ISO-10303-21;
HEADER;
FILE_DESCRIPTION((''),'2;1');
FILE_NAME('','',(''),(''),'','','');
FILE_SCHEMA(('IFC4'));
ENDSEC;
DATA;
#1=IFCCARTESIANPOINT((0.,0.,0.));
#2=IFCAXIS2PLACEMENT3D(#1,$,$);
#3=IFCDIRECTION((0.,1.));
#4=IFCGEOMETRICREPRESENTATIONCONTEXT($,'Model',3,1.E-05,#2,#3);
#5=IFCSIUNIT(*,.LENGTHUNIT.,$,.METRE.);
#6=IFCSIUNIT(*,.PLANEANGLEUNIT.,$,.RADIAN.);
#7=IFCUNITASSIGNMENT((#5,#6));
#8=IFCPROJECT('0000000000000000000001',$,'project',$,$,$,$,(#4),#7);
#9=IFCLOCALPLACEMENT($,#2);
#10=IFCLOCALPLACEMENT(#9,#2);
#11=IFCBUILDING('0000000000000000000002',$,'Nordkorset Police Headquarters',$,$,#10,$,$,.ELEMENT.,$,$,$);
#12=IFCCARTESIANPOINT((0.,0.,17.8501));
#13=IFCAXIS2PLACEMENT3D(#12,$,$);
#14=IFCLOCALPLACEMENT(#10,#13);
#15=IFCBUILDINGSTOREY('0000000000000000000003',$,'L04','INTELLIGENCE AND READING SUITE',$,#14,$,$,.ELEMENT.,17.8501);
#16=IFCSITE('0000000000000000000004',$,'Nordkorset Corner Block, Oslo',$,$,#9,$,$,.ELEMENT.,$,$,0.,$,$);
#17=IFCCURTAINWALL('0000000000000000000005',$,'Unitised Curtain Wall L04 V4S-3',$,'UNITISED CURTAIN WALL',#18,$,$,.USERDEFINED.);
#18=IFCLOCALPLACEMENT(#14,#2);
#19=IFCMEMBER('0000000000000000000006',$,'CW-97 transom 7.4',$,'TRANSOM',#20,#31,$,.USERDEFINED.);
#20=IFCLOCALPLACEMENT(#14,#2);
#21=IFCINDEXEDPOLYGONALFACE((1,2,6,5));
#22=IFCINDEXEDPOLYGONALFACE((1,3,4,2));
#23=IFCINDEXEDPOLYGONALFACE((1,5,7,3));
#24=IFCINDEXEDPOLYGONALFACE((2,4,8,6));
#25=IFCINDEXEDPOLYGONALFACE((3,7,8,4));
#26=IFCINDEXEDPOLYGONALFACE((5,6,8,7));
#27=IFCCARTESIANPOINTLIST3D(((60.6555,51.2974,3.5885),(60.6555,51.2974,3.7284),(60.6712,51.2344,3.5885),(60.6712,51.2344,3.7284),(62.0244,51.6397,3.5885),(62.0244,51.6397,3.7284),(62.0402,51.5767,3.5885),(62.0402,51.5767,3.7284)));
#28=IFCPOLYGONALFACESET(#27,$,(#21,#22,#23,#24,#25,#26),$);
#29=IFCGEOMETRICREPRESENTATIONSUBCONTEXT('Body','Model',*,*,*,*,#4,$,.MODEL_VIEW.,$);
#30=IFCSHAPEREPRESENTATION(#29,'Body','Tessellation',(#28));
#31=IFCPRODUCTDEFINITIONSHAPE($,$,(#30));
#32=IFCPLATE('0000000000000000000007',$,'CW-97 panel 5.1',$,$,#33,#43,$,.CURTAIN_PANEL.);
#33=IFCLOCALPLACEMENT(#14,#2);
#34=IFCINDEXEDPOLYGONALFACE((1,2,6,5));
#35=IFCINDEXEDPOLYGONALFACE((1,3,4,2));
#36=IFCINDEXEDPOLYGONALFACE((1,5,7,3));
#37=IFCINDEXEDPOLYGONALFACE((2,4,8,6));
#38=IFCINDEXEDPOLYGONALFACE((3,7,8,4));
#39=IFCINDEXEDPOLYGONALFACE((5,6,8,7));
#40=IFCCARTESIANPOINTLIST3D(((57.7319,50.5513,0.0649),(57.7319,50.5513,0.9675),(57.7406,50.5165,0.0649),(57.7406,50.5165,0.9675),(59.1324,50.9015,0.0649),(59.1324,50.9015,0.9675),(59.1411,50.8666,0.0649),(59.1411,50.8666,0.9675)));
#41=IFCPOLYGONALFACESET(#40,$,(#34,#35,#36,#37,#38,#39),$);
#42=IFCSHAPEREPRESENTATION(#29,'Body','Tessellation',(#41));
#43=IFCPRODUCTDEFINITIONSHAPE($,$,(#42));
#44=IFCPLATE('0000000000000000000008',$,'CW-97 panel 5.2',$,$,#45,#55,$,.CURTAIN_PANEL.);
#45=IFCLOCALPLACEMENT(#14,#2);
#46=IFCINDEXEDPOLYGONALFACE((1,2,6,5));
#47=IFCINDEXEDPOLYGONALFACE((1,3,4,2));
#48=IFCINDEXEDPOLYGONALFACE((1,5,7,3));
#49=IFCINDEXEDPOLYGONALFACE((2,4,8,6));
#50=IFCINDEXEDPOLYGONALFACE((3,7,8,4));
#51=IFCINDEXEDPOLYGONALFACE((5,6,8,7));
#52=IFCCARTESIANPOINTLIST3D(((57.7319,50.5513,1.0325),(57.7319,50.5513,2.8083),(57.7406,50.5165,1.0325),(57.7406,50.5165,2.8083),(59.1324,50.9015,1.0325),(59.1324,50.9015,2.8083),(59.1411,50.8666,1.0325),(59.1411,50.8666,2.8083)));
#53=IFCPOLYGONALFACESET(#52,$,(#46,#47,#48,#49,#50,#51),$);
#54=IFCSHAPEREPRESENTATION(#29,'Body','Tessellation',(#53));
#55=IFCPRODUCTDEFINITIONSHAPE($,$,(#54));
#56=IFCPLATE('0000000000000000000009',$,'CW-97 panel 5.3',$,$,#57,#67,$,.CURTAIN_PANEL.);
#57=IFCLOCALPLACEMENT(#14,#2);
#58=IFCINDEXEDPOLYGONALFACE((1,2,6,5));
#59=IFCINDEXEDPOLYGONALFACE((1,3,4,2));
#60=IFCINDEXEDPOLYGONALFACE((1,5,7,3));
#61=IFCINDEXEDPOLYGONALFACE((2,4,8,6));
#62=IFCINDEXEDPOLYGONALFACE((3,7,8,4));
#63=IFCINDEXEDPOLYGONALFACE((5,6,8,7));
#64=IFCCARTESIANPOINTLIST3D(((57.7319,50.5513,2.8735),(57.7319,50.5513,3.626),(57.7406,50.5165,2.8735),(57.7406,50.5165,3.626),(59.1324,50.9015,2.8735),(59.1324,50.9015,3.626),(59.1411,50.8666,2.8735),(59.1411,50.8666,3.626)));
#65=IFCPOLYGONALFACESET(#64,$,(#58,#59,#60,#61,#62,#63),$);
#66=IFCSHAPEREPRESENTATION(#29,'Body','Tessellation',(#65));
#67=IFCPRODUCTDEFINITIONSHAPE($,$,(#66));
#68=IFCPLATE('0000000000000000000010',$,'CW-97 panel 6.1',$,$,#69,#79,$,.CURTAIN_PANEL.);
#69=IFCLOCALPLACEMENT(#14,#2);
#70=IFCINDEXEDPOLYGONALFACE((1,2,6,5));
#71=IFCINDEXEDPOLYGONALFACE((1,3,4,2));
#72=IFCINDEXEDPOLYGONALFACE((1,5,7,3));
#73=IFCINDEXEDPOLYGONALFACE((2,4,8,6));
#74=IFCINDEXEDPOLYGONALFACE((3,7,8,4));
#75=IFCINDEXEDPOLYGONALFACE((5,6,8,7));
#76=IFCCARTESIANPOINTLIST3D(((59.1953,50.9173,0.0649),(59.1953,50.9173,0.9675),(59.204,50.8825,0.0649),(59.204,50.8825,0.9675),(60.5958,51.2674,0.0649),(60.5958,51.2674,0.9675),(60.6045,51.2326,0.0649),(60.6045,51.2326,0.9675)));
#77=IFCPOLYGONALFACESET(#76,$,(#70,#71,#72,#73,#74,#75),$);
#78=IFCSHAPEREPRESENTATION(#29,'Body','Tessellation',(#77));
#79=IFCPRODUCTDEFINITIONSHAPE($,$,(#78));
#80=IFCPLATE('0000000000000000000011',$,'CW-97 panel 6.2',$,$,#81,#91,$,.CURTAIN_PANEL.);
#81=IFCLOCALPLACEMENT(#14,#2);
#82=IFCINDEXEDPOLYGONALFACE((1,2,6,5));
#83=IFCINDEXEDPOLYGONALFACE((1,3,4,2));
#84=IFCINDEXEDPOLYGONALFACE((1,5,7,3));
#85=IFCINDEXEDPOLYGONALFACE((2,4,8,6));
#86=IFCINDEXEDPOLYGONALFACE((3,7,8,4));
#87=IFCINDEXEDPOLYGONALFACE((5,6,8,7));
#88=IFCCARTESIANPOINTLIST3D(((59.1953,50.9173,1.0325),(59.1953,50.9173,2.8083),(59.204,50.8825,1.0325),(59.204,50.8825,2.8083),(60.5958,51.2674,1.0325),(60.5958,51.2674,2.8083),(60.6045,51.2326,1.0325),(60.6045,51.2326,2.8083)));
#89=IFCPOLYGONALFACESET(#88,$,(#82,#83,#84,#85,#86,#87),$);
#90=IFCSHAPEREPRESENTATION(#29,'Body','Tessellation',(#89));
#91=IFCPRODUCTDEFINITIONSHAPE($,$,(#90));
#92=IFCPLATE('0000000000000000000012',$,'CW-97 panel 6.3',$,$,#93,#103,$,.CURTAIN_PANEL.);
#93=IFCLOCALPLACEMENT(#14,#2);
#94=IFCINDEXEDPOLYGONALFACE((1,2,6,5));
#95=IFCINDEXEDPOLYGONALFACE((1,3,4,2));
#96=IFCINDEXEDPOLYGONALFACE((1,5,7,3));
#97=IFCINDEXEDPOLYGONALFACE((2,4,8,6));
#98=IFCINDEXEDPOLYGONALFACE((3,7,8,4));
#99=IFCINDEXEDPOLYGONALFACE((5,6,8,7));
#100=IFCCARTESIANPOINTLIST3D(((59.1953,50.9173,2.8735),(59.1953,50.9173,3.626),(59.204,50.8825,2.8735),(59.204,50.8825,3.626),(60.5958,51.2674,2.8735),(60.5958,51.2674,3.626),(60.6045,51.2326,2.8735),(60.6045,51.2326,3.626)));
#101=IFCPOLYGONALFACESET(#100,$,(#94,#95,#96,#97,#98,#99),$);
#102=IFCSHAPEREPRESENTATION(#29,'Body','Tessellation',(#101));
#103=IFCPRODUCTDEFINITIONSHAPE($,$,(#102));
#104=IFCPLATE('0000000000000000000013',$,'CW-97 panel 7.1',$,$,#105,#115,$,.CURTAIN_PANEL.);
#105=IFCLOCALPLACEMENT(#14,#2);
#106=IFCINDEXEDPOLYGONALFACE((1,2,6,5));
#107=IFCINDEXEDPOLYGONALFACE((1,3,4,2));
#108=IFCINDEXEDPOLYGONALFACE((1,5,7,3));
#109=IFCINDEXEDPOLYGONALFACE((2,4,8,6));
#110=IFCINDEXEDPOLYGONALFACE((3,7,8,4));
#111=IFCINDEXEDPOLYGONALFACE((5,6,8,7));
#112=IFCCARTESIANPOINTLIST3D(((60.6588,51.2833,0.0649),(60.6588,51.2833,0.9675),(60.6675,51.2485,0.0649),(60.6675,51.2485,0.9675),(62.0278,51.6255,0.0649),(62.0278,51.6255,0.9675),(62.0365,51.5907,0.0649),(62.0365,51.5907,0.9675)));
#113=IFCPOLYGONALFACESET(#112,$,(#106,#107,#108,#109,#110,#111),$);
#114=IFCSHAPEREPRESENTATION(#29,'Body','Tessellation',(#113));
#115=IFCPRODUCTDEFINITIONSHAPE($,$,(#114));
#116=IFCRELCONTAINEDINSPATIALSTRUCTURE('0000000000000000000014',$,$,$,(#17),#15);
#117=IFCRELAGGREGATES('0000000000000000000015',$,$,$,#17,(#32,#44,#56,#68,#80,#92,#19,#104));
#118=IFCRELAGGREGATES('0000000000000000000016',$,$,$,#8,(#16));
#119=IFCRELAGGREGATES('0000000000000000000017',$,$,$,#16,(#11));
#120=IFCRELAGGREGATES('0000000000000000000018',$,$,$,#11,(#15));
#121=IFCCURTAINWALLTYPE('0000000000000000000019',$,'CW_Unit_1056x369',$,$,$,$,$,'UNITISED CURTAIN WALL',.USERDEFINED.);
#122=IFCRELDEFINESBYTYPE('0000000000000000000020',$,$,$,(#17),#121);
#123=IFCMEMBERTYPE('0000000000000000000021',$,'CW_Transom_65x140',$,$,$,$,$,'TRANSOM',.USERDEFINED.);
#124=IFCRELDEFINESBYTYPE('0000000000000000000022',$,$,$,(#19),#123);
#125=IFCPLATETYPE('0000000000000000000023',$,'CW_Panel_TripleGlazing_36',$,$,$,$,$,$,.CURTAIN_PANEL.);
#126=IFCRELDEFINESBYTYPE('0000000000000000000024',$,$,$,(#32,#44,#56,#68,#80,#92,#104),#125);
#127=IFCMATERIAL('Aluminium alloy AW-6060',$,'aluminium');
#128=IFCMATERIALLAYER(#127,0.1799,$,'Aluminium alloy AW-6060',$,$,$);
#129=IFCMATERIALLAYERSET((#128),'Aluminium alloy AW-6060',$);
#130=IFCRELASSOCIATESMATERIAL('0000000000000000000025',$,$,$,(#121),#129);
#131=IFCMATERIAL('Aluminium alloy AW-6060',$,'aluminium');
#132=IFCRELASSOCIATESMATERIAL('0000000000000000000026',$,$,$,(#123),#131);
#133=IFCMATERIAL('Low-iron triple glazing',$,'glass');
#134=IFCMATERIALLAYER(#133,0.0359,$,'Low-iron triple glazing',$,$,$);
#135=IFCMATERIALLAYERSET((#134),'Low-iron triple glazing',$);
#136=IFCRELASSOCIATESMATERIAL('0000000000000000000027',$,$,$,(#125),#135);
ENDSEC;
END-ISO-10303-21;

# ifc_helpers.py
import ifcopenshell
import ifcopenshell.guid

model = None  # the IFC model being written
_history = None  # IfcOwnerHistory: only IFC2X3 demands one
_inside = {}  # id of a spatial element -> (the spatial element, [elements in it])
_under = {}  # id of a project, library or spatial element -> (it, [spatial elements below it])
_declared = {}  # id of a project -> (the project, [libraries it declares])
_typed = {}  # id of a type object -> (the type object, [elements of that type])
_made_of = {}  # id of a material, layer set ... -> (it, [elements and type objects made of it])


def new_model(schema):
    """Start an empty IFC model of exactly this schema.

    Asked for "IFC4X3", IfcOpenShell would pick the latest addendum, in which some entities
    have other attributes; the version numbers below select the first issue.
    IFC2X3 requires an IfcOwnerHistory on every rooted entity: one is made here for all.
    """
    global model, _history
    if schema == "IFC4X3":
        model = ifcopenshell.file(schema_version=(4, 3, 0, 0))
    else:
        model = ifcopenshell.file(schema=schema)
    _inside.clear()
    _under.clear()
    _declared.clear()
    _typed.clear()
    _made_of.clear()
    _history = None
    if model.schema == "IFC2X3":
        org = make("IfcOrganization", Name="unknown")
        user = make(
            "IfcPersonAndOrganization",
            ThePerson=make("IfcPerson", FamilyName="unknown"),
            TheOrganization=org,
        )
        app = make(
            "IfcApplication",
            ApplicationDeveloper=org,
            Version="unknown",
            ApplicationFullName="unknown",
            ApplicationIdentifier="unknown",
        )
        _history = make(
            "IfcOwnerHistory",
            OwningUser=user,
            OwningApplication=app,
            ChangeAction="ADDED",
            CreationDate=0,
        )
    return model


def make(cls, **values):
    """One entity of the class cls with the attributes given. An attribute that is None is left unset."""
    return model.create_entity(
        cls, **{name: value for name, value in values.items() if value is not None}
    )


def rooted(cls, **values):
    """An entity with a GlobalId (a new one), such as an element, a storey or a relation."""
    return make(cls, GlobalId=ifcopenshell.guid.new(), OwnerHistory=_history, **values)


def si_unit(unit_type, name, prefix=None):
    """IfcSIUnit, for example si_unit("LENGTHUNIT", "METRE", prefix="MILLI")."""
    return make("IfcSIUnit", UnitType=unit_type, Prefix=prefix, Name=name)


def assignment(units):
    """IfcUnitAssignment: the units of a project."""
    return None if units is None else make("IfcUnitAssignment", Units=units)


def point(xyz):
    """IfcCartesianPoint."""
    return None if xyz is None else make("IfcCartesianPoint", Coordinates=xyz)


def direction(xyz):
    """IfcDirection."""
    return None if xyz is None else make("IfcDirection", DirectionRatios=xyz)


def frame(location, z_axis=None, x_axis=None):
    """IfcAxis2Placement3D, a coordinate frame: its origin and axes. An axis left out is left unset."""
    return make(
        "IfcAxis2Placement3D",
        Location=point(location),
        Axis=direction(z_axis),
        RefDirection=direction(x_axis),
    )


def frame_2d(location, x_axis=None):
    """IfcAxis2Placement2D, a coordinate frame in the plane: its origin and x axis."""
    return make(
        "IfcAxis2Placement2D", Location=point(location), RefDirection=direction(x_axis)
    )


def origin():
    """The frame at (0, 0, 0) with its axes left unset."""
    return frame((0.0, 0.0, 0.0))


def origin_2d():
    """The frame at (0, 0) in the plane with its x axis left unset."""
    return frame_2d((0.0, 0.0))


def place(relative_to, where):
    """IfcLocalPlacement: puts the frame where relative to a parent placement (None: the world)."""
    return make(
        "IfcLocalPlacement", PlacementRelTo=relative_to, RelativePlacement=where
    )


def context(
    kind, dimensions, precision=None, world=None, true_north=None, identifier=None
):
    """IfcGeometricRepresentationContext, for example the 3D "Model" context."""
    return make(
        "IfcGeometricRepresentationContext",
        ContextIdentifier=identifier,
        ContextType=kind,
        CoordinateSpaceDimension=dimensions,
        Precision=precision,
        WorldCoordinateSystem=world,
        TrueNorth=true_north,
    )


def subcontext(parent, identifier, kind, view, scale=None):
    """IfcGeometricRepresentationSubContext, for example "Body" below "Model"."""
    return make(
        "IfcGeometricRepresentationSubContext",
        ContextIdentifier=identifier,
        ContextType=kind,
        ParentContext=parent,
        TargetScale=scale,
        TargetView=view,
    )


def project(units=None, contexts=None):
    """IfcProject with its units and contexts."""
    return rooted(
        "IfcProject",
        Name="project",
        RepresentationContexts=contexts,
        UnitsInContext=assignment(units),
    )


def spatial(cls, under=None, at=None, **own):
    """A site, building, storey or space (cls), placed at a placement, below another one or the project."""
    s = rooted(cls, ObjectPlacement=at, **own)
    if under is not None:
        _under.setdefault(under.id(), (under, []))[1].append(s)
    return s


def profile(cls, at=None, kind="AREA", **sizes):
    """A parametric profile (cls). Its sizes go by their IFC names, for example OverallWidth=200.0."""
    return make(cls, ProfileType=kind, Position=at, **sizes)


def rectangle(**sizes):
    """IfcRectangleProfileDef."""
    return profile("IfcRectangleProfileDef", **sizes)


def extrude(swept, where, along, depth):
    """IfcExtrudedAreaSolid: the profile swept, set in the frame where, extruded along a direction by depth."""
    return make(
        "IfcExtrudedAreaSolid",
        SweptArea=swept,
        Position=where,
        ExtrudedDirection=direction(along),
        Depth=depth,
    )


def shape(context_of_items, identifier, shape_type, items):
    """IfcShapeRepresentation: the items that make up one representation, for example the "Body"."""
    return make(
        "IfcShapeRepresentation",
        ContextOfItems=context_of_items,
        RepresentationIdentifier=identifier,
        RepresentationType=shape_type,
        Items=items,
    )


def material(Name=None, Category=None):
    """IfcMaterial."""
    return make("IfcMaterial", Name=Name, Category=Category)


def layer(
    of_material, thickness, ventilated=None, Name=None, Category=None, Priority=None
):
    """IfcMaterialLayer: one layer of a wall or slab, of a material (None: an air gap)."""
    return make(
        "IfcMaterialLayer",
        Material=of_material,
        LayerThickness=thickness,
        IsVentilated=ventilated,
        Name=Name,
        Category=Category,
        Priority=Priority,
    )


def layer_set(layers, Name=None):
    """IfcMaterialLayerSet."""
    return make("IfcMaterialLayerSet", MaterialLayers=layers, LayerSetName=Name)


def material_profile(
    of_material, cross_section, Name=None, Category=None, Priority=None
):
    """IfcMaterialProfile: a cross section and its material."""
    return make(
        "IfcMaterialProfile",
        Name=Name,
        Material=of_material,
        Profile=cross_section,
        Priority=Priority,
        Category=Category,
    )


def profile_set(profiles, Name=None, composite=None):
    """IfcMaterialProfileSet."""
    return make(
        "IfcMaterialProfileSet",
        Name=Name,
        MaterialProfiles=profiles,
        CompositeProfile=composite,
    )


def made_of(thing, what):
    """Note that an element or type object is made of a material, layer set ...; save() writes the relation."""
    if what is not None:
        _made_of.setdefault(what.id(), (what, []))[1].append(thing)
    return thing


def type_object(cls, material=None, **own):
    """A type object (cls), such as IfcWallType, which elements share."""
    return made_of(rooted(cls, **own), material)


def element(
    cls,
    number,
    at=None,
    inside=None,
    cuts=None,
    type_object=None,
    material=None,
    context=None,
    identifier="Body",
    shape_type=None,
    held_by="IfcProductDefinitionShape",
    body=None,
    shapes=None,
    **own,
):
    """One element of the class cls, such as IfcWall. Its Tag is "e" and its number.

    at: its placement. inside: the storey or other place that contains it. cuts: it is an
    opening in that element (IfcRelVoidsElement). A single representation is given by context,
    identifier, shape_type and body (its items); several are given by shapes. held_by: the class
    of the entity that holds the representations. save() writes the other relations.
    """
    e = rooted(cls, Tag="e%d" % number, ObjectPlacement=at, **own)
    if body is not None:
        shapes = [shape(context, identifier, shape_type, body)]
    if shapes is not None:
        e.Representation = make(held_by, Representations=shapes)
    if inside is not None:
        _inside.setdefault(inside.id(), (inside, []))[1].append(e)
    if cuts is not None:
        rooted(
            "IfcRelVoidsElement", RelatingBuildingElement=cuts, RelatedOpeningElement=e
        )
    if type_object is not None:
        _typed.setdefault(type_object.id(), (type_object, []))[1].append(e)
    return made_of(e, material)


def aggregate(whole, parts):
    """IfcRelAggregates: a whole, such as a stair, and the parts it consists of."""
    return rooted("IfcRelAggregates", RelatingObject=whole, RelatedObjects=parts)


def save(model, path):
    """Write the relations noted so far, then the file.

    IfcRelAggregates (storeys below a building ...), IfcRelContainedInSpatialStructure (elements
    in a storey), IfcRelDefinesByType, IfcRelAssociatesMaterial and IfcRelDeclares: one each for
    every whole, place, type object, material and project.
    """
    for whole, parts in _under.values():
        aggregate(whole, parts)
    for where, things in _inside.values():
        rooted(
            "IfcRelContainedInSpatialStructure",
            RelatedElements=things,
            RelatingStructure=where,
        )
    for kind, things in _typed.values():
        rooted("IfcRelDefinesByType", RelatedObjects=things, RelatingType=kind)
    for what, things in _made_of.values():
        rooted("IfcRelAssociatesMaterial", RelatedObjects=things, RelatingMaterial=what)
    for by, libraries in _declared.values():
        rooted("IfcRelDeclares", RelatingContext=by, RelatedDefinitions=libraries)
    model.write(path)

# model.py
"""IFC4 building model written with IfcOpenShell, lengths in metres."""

from ifc_helpers import new_model, si_unit, direction, frame, origin, origin_2d, place, context, subcontext, project, spatial, rectangle, extrude, material, layer, layer_set, material_profile, profile_set, type_object, element, aggregate, save


model = new_model("IFC4")

# Units and contexts
model_context = context("Model", 3, precision=1e-05, world=origin(), true_north=direction((0.0, 1.0)))
body_context = subcontext(model_context, "Body", "Model", "MODEL_VIEW")
ifc_project = project(units=[si_unit("LENGTHUNIT", "METRE"), si_unit("PLANEANGLEUNIT", "RADIAN")], contexts=[model_context])

# Site, building, storey
site_placement = place(None, origin())
site = spatial("IfcSite", under=ifc_project, at=site_placement, Name="Nordkorset Corner Block, Oslo", CompositionType="ELEMENT", RefElevation=0.0)
building_placement = place(site_placement, origin())
building = spatial("IfcBuilding", under=site, at=building_placement, Name="Nordkorset Police Headquarters", CompositionType="ELEMENT")
storey_placement = place(building_placement, frame((0.0, 0.0, 17.8501)))
storey = spatial("IfcBuildingStorey", under=building, at=storey_placement, Name="L04", Description="INTELLIGENCE AND READING SUITE", CompositionType="ELEMENT", Elevation=17.8501)

# Curtain wall
ifc_material_1 = material(Name="Aluminium alloy AW-6060", Category="aluminium")
ifc_layer_1 = layer(ifc_material_1, 0.1799, Name="Aluminium alloy AW-6060")
ifc_layer_set_1 = layer_set([ifc_layer_1], Name="Aluminium alloy AW-6060")
curtain_wall_type = type_object("IfcCurtainWallType", Name="CW_Unit_1056x369", ElementType="UNITISED CURTAIN WALL", PredefinedType="USERDEFINED", material=ifc_layer_set_1)
curtain_wall_1_placement = place(storey_placement, origin())
curtain_wall_1 = element("IfcCurtainWall", 1, at=curtain_wall_1_placement, inside=storey, type_object=curtain_wall_type, Name="Unitised Curtain Wall L04 V4S-3", ObjectType="UNITISED CURTAIN WALL", PredefinedType="USERDEFINED")

# Member
ifc_material_2 = material(Name="Aluminium alloy AW-6060", Category="aluminium")
ifc_material_profile_1 = material_profile(ifc_material_2, rectangle(XDim=0.0649, YDim=0.1399, at=origin_2d()), Name="ALU TRAN 65x140")
ifc_profile_set_1 = profile_set([ifc_material_profile_1], Name="Aluminium alloy AW-6060")
member_type_1 = type_object("IfcMemberType", Name="CW_Transom_65x140", ElementType="TRANSOM", PredefinedType="USERDEFINED", material=ifc_profile_set_1)
member_1_placement = place(storey_placement, frame((60.6633, 51.2659, 3.6584), z_axis=(0.970132, 0.242576, 0.0), x_axis=(-0.242576, 0.970132, 0.0)))
member_1 = element("IfcMember", 2, at=member_1_placement, type_object=member_type_1, Name="CW-97 transom 7.4", ObjectType="TRANSOM", PredefinedType="USERDEFINED", context=body_context, shape_type="SweptSolid", body=[
    extrude(rectangle(XDim=0.0649, YDim=0.1399, at=origin_2d()), origin(), (0.0, 0.0, 1.0), 1.4111),
])

# Plates
ifc_material_3 = material(Name="Low-iron triple glazing", Category="glass")
ifc_layer_2 = layer(ifc_material_3, 0.0359, Name="Low-iron triple glazing")
ifc_layer_set_2 = layer_set([ifc_layer_2], Name="Low-iron triple glazing")
plate_type = type_object("IfcPlateType", Name="CW_Panel_TripleGlazing_36", PredefinedType="CURTAIN_PANEL", material=ifc_layer_set_2)
plate_1_placement = place(storey_placement, frame((58.4365, 50.709, 0.0649), z_axis=(0.0, 0.0, 1.0), x_axis=(0.970143, 0.242535, 0.0)))
plate_1 = element("IfcPlate", 3, at=plate_1_placement, type_object=plate_type, Name="CW-97 panel 5.1", PredefinedType="CURTAIN_PANEL", context=body_context, shape_type="SweptSolid", body=[
    extrude(rectangle(XDim=1.4436, YDim=0.0359, at=origin_2d()), origin(), (0.0, 0.0, 1.0), 0.9026),
])
plate_2_placement = place(storey_placement, frame((58.4365, 50.709, 1.0325), z_axis=(0.0, 0.0, 1.0), x_axis=(0.970143, 0.242535, 0.0)))
plate_2 = element("IfcPlate", 4, at=plate_2_placement, type_object=plate_type, Name="CW-97 panel 5.2", PredefinedType="CURTAIN_PANEL", context=body_context, shape_type="SweptSolid", body=[
    extrude(rectangle(XDim=1.4436, YDim=0.0359, at=origin_2d()), origin(), (0.0, 0.0, 1.0), 1.7759),
])
plate_3_placement = place(storey_placement, frame((58.4365, 50.709, 2.8735), z_axis=(0.0, 0.0, 1.0), x_axis=(0.970143, 0.242535, 0.0)))
plate_3 = element("IfcPlate", 5, at=plate_3_placement, type_object=plate_type, Name="CW-97 panel 5.3", PredefinedType="CURTAIN_PANEL", context=body_context, shape_type="SweptSolid", body=[
    extrude(rectangle(XDim=1.4436, YDim=0.0359, at=origin_2d()), origin(), (0.0, 0.0, 1.0), 0.7524),
])
plate_4_placement = place(storey_placement, frame((59.8999, 51.075, 0.0649), z_axis=(0.0, 0.0, 1.0), x_axis=(0.970143, 0.242535, 0.0)))
plate_4 = element("IfcPlate", 6, at=plate_4_placement, type_object=plate_type, Name="CW-97 panel 6.1", PredefinedType="CURTAIN_PANEL", context=body_context, shape_type="SweptSolid", body=[
    extrude(rectangle(XDim=1.4436, YDim=0.0359, at=origin_2d()), origin(), (0.0, 0.0, 1.0), 0.9026),
])
plate_5_placement = place(storey_placement, frame((59.8999, 51.075, 1.0325), z_axis=(0.0, 0.0, 1.0), x_axis=(0.970143, 0.242535, 0.0)))
plate_5 = element("IfcPlate", 7, at=plate_5_placement, type_object=plate_type, Name="CW-97 panel 6.2", PredefinedType="CURTAIN_PANEL", context=body_context, shape_type="SweptSolid", body=[
    extrude(rectangle(XDim=1.4436, YDim=0.0359, at=origin_2d()), origin(), (0.0, 0.0, 1.0), 1.7759),
])
plate_6_placement = place(storey_placement, frame((59.8999, 51.075, 2.8735), z_axis=(0.0, 0.0, 1.0), x_axis=(0.970143, 0.242535, 0.0)))
plate_6 = element("IfcPlate", 8, at=plate_6_placement, type_object=plate_type, Name="CW-97 panel 6.3", PredefinedType="CURTAIN_PANEL", context=body_context, shape_type="SweptSolid", body=[
    extrude(rectangle(XDim=1.4436, YDim=0.0359, at=origin_2d()), origin(), (0.0, 0.0, 1.0), 0.7524),
])
plate_7_placement = place(storey_placement, frame((61.3477, 51.437, 0.0649), z_axis=(0.0, 0.0, 1.0), x_axis=(0.970143, 0.242535, 0.0)))
plate_7 = element("IfcPlate", 9, at=plate_7_placement, type_object=plate_type, Name="CW-97 panel 7.1", PredefinedType="CURTAIN_PANEL", context=body_context, shape_type="SweptSolid", body=[
    extrude(rectangle(XDim=1.4111, YDim=0.0359, at=origin_2d()), origin(), (0.0, 0.0, 1.0), 0.9026),
])
aggregate(curtain_wall_1, [plate_1, plate_2, plate_3, plate_4, plate_5, plate_6, member_1, plate_7])

save(model, "model.ifc")
